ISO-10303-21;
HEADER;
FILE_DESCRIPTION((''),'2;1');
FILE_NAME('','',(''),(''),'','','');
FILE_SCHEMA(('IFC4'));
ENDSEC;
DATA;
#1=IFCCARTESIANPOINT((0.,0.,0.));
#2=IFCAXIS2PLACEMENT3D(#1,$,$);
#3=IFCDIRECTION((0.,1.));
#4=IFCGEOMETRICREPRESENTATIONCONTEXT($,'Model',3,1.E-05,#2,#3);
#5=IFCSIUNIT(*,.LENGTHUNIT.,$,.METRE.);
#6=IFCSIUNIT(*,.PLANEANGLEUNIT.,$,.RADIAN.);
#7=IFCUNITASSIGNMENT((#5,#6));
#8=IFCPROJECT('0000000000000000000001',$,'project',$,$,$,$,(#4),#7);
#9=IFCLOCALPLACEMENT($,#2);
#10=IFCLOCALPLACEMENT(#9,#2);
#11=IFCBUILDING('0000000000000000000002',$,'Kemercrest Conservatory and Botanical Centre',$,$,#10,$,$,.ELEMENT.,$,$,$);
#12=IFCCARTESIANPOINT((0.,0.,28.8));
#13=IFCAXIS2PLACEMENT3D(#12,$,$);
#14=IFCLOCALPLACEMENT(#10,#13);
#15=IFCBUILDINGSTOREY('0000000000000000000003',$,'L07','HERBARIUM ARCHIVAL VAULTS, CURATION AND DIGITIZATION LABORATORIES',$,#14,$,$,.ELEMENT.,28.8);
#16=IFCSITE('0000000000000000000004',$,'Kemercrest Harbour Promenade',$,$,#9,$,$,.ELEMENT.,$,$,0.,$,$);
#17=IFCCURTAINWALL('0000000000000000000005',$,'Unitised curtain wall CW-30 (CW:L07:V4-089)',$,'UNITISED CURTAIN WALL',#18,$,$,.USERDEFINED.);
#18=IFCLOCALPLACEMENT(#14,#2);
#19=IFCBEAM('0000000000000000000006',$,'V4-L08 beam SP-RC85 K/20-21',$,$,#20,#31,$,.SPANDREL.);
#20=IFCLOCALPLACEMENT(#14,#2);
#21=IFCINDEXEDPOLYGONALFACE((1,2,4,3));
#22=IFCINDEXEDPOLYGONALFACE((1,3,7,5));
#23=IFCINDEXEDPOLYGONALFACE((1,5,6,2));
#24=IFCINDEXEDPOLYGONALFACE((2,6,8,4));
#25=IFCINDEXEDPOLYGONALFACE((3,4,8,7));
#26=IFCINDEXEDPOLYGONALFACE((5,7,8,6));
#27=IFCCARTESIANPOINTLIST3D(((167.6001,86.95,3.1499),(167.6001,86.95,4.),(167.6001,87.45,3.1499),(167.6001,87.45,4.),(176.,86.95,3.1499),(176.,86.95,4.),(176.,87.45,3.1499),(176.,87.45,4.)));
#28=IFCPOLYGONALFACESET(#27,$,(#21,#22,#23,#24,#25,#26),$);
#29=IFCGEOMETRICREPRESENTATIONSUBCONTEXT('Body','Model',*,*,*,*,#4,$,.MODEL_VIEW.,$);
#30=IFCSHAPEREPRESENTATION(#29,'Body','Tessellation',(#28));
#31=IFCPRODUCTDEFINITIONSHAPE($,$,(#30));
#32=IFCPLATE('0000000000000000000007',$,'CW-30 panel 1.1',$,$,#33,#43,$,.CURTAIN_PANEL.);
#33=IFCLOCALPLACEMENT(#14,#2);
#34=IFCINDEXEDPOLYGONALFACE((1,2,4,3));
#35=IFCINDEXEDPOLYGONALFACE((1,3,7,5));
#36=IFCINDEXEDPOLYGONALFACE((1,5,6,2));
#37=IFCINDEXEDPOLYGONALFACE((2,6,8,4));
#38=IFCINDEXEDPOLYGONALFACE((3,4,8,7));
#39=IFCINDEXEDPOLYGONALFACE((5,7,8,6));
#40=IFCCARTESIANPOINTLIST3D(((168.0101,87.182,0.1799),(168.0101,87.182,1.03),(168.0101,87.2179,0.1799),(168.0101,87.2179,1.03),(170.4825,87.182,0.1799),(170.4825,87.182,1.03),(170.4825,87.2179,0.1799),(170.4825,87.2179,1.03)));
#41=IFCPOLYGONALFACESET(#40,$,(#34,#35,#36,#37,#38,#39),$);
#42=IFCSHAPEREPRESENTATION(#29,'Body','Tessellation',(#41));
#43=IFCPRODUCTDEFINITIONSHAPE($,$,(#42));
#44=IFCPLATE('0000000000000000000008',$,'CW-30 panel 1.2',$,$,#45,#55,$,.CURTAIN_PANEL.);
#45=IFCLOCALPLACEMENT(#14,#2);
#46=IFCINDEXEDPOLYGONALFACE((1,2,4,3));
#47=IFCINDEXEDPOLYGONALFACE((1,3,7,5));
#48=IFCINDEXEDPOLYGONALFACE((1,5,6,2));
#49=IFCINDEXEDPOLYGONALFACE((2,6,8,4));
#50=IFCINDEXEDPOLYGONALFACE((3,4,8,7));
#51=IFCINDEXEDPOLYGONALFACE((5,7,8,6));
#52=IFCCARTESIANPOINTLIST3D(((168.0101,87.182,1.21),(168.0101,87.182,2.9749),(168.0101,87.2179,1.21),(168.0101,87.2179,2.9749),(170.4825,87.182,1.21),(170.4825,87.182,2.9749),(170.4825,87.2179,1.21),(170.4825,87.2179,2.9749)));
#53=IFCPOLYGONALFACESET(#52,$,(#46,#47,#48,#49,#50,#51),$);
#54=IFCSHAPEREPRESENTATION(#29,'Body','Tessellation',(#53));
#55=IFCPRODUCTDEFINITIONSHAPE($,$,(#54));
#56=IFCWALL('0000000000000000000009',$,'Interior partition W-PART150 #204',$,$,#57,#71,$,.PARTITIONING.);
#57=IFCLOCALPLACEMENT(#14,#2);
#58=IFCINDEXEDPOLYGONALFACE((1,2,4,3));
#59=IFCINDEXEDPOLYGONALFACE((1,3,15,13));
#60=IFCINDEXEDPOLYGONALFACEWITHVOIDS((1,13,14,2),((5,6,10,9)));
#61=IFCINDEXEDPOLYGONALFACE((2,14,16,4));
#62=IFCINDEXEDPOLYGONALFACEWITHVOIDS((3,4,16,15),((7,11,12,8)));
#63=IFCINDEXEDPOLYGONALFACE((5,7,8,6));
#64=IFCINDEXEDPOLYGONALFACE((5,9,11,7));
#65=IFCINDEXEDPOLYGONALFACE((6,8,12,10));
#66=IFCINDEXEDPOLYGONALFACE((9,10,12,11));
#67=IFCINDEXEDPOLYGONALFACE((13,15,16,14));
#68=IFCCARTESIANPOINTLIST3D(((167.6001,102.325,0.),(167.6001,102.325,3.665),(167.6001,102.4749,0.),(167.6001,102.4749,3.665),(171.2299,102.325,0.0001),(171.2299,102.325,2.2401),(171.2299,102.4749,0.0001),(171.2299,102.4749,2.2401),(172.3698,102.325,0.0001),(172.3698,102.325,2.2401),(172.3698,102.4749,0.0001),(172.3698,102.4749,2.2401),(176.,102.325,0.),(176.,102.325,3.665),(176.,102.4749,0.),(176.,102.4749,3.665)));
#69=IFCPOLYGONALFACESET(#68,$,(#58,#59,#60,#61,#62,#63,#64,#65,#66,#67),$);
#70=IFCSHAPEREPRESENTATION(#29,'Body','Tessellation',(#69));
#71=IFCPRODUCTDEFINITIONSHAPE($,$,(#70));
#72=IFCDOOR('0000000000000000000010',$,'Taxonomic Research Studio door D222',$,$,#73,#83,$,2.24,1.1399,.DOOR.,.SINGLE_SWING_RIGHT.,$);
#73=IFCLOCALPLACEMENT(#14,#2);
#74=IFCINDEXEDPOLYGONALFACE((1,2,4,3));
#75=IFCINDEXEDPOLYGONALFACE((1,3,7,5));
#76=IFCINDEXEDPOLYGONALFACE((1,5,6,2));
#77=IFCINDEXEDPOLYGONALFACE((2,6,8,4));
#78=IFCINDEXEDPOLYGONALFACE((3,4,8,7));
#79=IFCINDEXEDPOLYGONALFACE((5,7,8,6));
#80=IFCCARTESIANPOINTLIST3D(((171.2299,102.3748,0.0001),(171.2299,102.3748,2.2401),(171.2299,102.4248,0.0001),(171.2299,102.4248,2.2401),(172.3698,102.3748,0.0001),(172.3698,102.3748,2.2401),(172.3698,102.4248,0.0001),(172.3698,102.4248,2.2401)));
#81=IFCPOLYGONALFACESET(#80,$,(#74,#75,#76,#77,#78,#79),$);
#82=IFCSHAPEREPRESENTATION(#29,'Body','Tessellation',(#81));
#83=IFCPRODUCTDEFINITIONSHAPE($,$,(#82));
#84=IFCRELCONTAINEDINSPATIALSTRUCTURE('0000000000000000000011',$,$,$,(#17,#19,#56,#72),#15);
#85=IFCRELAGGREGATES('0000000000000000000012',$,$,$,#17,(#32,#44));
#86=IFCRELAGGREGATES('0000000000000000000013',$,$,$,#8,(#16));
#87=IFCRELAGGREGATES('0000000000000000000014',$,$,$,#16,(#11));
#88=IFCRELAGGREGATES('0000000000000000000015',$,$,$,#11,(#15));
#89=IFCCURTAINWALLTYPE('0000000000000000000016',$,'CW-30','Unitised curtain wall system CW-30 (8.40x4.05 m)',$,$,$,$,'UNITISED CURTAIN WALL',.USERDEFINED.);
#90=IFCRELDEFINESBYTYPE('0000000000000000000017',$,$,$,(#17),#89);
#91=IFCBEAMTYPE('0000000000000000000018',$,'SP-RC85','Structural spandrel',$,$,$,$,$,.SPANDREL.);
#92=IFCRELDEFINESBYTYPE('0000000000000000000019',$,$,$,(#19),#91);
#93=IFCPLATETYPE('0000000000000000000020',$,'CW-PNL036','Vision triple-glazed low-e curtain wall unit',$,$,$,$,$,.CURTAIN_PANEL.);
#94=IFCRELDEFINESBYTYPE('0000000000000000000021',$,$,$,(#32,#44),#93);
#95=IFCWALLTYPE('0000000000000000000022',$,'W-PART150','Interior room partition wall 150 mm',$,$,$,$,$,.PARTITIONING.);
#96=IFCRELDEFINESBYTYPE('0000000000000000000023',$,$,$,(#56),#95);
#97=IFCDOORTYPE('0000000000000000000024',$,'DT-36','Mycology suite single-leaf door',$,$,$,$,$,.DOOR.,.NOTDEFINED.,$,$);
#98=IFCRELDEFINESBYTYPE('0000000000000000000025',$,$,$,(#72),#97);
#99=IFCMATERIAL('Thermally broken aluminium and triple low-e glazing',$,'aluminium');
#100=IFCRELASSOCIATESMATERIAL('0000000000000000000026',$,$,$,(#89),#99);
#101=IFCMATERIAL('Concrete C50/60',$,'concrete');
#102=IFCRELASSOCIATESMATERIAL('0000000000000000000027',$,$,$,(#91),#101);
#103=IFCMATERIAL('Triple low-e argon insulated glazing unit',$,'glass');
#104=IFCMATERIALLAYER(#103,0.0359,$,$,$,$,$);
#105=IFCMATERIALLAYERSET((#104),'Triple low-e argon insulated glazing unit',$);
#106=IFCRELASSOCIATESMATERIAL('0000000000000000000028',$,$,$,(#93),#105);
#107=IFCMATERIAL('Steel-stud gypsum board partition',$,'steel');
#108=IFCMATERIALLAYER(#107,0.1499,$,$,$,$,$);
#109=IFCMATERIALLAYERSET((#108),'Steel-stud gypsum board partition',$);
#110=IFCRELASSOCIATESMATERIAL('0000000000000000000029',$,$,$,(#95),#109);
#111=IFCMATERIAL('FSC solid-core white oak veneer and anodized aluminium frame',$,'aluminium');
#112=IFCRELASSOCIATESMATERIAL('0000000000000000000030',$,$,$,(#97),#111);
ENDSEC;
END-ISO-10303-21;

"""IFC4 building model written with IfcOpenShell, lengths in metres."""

from ifc_helpers import new_model, si_unit, direction, frame, frame_2d, origin, origin_2d, place, context, subcontext, project, spatial, rectangle, extrude, material, layer, layer_set, material_profile, profile_set, type_object, element, fill, aggregate, save


model = new_model("IFC4")

# Units and contexts
model_context = context("Model", 3, precision=1e-05, world=origin(), true_north=direction((0.0, 1.0)))
body_context = subcontext(model_context, "Body", "Model", "MODEL_VIEW")
ifc_project = project(units=[si_unit("LENGTHUNIT", "METRE"), si_unit("PLANEANGLEUNIT", "RADIAN")], contexts=[model_context])

# Site, building, storey
site_placement = place(None, origin())
site = spatial("IfcSite", under=ifc_project, at=site_placement, Name="Kemercrest Harbour Promenade", CompositionType="ELEMENT", RefElevation=0.0)
building_placement = place(site_placement, origin())
building = spatial("IfcBuilding", under=site, at=building_placement, Name="Kemercrest Conservatory and Botanical Centre", CompositionType="ELEMENT")
storey_placement = place(building_placement, frame((0.0, 0.0, 28.8)))
storey = spatial("IfcBuildingStorey", under=building, at=storey_placement, Name="L07", Description="HERBARIUM ARCHIVAL VAULTS, CURATION AND DIGITIZATION LABORATORIES", CompositionType="ELEMENT", Elevation=28.8)

# Shared definitions
ifc_material_1 = material(Name="Concrete C50/60", Category="concrete")

# Curtain wall
ifc_material_2 = material(Name="Thermally broken aluminium and triple low-e glazing", Category="aluminium")
curtain_wall_type = type_object("IfcCurtainWallType", Name="CW-30", Description="Unitised curtain wall system CW-30 (8.40x4.05 m)", ElementType="UNITISED CURTAIN WALL", PredefinedType="USERDEFINED", material=ifc_material_2)
curtain_wall_placement = place(storey_placement, origin())
curtain_wall = element("IfcCurtainWall", 1, at=curtain_wall_placement, inside=storey, type_object=curtain_wall_type, Name="Unitised curtain wall CW-30 (CW:L07:V4-089)", ObjectType="UNITISED CURTAIN WALL", PredefinedType="USERDEFINED")

# Beam
ifc_material_profile_1 = material_profile(ifc_material_1, rectangle(XDim=0.5, YDim=0.8501, at=origin_2d()), Name="RC 500x850")
ifc_profile_set_1 = profile_set([ifc_material_profile_1], Name="Concrete C50/60")
beam_type_1 = type_object("IfcBeamType", Name="SP-RC85", Description="Structural spandrel", PredefinedType="SPANDREL", material=ifc_profile_set_1)
beam_placement = place(storey_placement, frame((167.6001, 87.2, 3.575), z_axis=(1.0, 0.0, 0.0), x_axis=(0.0, 1.0, 0.0)))
element("IfcBeam", 2, at=beam_placement, inside=storey, type_object=beam_type_1, Name="V4-L08 beam SP-RC85 K/20-21", PredefinedType="SPANDREL", context=body_context, shape_type="SweptSolid", body=[
    extrude(rectangle(XDim=0.5, YDim=0.8501, at=origin_2d()), origin(), (0.0, 0.0, 1.0), 8.3999),
])

# Plates
ifc_material_3 = material(Name="Triple low-e argon insulated glazing unit", Category="glass")
ifc_layer_1 = layer(ifc_material_3, 0.0359)
ifc_layer_set_1 = layer_set([ifc_layer_1], Name="Triple low-e argon insulated glazing unit")
plate_type = type_object("IfcPlateType", Name="CW-PNL036", Description="Vision triple-glazed low-e curtain wall unit", PredefinedType="CURTAIN_PANEL", material=ifc_layer_set_1)
plate_1_placement = place(storey_placement, frame((169.2463, 87.2, 0.1799), z_axis=(0.0, 0.0, 1.0), x_axis=(1.0, 0.0, 0.0)))
plate_1 = element("IfcPlate", 3, at=plate_1_placement, type_object=plate_type, Name="CW-30 panel 1.1", PredefinedType="CURTAIN_PANEL", context=body_context, shape_type="SweptSolid", body=[
    extrude(rectangle(XDim=2.4724, YDim=0.0359, at=origin_2d()), origin(), (0.0, 0.0, 1.0), 0.8501),
])
plate_2_placement = place(storey_placement, frame((169.2463, 87.2, 1.21), z_axis=(0.0, 0.0, 1.0), x_axis=(1.0, 0.0, 0.0)))
plate_2 = element("IfcPlate", 4, at=plate_2_placement, type_object=plate_type, Name="CW-30 panel 1.2", PredefinedType="CURTAIN_PANEL", context=body_context, shape_type="SweptSolid", body=[
    extrude(rectangle(XDim=2.4724, YDim=0.0359, at=origin_2d()), origin(), (0.0, 0.0, 1.0), 1.7649),
])
aggregate(curtain_wall, [plate_1, plate_2])

# Wall, opening, door
ifc_material_4 = material(Name="Steel-stud gypsum board partition", Category="steel")
ifc_layer_2 = layer(ifc_material_4, 0.1499)
ifc_layer_set_2 = layer_set([ifc_layer_2], Name="Steel-stud gypsum board partition")
wall_type_1 = type_object("IfcWallType", Name="W-PART150", Description="Interior room partition wall 150 mm", PredefinedType="PARTITIONING", material=ifc_layer_set_2)
wall_1_placement = place(storey_placement, frame((167.6001, 102.3999, 0.0), z_axis=(0.0, 0.0, 1.0), x_axis=(1.0, 0.0, 0.0)))
wall_1 = element("IfcWall", 5, at=wall_1_placement, inside=storey, type_object=wall_type_1, Name="Interior partition W-PART150 #204", PredefinedType="PARTITIONING", context=body_context, shape_type="SweptSolid", body=[
    extrude(rectangle(XDim=8.3999, YDim=0.1499, at=frame_2d((4.2, 0.0))), origin(), (0.0, 0.0, 1.0), 3.665),
])
opening_placement = place(wall_1_placement, frame((3.6299, 0.0, 0.0)))
opening = element("IfcOpeningElement", 6, at=opening_placement, cuts=wall_1, PredefinedType="OPENING", context=body_context, shape_type="SweptSolid", body=[
    extrude(rectangle(XDim=1.1399, YDim=2.24, at=frame_2d((0.5698, 1.1201))), frame((0.0, 0.085, 0.0), z_axis=(0.0, -1.0, 0.0), x_axis=(1.0, 0.0, 0.0)), (0.0, 0.0, 1.0), 0.1699),
])
ifc_material_5 = material(Name="FSC solid-core white oak veneer and anodized aluminium frame", Category="aluminium")
door_type = type_object("IfcDoorType", Name="DT-36", Description="Mycology suite single-leaf door", OperationType="NOTDEFINED", PredefinedType="DOOR", material=ifc_material_5)
door_placement = place(opening_placement, origin())
door = element("IfcDoor", 7, at=door_placement, inside=storey, type_object=door_type, Name="Taxonomic Research Studio door D222", OperationType="SINGLE_SWING_RIGHT", OverallHeight=2.24, OverallWidth=1.1399, PredefinedType="DOOR", context=body_context, shape_type="SweptSolid", body=[
    extrude(rectangle(XDim=1.1399, YDim=2.24, at=frame_2d((0.5698, 1.1201))), frame((0.0, 0.0249, 0.0), z_axis=(0.0, -1.0, 0.0), x_axis=(1.0, 0.0, 0.0)), (0.0, 0.0, 1.0), 0.05),
])
fill(opening, door)

save(model, "model.ifc")
